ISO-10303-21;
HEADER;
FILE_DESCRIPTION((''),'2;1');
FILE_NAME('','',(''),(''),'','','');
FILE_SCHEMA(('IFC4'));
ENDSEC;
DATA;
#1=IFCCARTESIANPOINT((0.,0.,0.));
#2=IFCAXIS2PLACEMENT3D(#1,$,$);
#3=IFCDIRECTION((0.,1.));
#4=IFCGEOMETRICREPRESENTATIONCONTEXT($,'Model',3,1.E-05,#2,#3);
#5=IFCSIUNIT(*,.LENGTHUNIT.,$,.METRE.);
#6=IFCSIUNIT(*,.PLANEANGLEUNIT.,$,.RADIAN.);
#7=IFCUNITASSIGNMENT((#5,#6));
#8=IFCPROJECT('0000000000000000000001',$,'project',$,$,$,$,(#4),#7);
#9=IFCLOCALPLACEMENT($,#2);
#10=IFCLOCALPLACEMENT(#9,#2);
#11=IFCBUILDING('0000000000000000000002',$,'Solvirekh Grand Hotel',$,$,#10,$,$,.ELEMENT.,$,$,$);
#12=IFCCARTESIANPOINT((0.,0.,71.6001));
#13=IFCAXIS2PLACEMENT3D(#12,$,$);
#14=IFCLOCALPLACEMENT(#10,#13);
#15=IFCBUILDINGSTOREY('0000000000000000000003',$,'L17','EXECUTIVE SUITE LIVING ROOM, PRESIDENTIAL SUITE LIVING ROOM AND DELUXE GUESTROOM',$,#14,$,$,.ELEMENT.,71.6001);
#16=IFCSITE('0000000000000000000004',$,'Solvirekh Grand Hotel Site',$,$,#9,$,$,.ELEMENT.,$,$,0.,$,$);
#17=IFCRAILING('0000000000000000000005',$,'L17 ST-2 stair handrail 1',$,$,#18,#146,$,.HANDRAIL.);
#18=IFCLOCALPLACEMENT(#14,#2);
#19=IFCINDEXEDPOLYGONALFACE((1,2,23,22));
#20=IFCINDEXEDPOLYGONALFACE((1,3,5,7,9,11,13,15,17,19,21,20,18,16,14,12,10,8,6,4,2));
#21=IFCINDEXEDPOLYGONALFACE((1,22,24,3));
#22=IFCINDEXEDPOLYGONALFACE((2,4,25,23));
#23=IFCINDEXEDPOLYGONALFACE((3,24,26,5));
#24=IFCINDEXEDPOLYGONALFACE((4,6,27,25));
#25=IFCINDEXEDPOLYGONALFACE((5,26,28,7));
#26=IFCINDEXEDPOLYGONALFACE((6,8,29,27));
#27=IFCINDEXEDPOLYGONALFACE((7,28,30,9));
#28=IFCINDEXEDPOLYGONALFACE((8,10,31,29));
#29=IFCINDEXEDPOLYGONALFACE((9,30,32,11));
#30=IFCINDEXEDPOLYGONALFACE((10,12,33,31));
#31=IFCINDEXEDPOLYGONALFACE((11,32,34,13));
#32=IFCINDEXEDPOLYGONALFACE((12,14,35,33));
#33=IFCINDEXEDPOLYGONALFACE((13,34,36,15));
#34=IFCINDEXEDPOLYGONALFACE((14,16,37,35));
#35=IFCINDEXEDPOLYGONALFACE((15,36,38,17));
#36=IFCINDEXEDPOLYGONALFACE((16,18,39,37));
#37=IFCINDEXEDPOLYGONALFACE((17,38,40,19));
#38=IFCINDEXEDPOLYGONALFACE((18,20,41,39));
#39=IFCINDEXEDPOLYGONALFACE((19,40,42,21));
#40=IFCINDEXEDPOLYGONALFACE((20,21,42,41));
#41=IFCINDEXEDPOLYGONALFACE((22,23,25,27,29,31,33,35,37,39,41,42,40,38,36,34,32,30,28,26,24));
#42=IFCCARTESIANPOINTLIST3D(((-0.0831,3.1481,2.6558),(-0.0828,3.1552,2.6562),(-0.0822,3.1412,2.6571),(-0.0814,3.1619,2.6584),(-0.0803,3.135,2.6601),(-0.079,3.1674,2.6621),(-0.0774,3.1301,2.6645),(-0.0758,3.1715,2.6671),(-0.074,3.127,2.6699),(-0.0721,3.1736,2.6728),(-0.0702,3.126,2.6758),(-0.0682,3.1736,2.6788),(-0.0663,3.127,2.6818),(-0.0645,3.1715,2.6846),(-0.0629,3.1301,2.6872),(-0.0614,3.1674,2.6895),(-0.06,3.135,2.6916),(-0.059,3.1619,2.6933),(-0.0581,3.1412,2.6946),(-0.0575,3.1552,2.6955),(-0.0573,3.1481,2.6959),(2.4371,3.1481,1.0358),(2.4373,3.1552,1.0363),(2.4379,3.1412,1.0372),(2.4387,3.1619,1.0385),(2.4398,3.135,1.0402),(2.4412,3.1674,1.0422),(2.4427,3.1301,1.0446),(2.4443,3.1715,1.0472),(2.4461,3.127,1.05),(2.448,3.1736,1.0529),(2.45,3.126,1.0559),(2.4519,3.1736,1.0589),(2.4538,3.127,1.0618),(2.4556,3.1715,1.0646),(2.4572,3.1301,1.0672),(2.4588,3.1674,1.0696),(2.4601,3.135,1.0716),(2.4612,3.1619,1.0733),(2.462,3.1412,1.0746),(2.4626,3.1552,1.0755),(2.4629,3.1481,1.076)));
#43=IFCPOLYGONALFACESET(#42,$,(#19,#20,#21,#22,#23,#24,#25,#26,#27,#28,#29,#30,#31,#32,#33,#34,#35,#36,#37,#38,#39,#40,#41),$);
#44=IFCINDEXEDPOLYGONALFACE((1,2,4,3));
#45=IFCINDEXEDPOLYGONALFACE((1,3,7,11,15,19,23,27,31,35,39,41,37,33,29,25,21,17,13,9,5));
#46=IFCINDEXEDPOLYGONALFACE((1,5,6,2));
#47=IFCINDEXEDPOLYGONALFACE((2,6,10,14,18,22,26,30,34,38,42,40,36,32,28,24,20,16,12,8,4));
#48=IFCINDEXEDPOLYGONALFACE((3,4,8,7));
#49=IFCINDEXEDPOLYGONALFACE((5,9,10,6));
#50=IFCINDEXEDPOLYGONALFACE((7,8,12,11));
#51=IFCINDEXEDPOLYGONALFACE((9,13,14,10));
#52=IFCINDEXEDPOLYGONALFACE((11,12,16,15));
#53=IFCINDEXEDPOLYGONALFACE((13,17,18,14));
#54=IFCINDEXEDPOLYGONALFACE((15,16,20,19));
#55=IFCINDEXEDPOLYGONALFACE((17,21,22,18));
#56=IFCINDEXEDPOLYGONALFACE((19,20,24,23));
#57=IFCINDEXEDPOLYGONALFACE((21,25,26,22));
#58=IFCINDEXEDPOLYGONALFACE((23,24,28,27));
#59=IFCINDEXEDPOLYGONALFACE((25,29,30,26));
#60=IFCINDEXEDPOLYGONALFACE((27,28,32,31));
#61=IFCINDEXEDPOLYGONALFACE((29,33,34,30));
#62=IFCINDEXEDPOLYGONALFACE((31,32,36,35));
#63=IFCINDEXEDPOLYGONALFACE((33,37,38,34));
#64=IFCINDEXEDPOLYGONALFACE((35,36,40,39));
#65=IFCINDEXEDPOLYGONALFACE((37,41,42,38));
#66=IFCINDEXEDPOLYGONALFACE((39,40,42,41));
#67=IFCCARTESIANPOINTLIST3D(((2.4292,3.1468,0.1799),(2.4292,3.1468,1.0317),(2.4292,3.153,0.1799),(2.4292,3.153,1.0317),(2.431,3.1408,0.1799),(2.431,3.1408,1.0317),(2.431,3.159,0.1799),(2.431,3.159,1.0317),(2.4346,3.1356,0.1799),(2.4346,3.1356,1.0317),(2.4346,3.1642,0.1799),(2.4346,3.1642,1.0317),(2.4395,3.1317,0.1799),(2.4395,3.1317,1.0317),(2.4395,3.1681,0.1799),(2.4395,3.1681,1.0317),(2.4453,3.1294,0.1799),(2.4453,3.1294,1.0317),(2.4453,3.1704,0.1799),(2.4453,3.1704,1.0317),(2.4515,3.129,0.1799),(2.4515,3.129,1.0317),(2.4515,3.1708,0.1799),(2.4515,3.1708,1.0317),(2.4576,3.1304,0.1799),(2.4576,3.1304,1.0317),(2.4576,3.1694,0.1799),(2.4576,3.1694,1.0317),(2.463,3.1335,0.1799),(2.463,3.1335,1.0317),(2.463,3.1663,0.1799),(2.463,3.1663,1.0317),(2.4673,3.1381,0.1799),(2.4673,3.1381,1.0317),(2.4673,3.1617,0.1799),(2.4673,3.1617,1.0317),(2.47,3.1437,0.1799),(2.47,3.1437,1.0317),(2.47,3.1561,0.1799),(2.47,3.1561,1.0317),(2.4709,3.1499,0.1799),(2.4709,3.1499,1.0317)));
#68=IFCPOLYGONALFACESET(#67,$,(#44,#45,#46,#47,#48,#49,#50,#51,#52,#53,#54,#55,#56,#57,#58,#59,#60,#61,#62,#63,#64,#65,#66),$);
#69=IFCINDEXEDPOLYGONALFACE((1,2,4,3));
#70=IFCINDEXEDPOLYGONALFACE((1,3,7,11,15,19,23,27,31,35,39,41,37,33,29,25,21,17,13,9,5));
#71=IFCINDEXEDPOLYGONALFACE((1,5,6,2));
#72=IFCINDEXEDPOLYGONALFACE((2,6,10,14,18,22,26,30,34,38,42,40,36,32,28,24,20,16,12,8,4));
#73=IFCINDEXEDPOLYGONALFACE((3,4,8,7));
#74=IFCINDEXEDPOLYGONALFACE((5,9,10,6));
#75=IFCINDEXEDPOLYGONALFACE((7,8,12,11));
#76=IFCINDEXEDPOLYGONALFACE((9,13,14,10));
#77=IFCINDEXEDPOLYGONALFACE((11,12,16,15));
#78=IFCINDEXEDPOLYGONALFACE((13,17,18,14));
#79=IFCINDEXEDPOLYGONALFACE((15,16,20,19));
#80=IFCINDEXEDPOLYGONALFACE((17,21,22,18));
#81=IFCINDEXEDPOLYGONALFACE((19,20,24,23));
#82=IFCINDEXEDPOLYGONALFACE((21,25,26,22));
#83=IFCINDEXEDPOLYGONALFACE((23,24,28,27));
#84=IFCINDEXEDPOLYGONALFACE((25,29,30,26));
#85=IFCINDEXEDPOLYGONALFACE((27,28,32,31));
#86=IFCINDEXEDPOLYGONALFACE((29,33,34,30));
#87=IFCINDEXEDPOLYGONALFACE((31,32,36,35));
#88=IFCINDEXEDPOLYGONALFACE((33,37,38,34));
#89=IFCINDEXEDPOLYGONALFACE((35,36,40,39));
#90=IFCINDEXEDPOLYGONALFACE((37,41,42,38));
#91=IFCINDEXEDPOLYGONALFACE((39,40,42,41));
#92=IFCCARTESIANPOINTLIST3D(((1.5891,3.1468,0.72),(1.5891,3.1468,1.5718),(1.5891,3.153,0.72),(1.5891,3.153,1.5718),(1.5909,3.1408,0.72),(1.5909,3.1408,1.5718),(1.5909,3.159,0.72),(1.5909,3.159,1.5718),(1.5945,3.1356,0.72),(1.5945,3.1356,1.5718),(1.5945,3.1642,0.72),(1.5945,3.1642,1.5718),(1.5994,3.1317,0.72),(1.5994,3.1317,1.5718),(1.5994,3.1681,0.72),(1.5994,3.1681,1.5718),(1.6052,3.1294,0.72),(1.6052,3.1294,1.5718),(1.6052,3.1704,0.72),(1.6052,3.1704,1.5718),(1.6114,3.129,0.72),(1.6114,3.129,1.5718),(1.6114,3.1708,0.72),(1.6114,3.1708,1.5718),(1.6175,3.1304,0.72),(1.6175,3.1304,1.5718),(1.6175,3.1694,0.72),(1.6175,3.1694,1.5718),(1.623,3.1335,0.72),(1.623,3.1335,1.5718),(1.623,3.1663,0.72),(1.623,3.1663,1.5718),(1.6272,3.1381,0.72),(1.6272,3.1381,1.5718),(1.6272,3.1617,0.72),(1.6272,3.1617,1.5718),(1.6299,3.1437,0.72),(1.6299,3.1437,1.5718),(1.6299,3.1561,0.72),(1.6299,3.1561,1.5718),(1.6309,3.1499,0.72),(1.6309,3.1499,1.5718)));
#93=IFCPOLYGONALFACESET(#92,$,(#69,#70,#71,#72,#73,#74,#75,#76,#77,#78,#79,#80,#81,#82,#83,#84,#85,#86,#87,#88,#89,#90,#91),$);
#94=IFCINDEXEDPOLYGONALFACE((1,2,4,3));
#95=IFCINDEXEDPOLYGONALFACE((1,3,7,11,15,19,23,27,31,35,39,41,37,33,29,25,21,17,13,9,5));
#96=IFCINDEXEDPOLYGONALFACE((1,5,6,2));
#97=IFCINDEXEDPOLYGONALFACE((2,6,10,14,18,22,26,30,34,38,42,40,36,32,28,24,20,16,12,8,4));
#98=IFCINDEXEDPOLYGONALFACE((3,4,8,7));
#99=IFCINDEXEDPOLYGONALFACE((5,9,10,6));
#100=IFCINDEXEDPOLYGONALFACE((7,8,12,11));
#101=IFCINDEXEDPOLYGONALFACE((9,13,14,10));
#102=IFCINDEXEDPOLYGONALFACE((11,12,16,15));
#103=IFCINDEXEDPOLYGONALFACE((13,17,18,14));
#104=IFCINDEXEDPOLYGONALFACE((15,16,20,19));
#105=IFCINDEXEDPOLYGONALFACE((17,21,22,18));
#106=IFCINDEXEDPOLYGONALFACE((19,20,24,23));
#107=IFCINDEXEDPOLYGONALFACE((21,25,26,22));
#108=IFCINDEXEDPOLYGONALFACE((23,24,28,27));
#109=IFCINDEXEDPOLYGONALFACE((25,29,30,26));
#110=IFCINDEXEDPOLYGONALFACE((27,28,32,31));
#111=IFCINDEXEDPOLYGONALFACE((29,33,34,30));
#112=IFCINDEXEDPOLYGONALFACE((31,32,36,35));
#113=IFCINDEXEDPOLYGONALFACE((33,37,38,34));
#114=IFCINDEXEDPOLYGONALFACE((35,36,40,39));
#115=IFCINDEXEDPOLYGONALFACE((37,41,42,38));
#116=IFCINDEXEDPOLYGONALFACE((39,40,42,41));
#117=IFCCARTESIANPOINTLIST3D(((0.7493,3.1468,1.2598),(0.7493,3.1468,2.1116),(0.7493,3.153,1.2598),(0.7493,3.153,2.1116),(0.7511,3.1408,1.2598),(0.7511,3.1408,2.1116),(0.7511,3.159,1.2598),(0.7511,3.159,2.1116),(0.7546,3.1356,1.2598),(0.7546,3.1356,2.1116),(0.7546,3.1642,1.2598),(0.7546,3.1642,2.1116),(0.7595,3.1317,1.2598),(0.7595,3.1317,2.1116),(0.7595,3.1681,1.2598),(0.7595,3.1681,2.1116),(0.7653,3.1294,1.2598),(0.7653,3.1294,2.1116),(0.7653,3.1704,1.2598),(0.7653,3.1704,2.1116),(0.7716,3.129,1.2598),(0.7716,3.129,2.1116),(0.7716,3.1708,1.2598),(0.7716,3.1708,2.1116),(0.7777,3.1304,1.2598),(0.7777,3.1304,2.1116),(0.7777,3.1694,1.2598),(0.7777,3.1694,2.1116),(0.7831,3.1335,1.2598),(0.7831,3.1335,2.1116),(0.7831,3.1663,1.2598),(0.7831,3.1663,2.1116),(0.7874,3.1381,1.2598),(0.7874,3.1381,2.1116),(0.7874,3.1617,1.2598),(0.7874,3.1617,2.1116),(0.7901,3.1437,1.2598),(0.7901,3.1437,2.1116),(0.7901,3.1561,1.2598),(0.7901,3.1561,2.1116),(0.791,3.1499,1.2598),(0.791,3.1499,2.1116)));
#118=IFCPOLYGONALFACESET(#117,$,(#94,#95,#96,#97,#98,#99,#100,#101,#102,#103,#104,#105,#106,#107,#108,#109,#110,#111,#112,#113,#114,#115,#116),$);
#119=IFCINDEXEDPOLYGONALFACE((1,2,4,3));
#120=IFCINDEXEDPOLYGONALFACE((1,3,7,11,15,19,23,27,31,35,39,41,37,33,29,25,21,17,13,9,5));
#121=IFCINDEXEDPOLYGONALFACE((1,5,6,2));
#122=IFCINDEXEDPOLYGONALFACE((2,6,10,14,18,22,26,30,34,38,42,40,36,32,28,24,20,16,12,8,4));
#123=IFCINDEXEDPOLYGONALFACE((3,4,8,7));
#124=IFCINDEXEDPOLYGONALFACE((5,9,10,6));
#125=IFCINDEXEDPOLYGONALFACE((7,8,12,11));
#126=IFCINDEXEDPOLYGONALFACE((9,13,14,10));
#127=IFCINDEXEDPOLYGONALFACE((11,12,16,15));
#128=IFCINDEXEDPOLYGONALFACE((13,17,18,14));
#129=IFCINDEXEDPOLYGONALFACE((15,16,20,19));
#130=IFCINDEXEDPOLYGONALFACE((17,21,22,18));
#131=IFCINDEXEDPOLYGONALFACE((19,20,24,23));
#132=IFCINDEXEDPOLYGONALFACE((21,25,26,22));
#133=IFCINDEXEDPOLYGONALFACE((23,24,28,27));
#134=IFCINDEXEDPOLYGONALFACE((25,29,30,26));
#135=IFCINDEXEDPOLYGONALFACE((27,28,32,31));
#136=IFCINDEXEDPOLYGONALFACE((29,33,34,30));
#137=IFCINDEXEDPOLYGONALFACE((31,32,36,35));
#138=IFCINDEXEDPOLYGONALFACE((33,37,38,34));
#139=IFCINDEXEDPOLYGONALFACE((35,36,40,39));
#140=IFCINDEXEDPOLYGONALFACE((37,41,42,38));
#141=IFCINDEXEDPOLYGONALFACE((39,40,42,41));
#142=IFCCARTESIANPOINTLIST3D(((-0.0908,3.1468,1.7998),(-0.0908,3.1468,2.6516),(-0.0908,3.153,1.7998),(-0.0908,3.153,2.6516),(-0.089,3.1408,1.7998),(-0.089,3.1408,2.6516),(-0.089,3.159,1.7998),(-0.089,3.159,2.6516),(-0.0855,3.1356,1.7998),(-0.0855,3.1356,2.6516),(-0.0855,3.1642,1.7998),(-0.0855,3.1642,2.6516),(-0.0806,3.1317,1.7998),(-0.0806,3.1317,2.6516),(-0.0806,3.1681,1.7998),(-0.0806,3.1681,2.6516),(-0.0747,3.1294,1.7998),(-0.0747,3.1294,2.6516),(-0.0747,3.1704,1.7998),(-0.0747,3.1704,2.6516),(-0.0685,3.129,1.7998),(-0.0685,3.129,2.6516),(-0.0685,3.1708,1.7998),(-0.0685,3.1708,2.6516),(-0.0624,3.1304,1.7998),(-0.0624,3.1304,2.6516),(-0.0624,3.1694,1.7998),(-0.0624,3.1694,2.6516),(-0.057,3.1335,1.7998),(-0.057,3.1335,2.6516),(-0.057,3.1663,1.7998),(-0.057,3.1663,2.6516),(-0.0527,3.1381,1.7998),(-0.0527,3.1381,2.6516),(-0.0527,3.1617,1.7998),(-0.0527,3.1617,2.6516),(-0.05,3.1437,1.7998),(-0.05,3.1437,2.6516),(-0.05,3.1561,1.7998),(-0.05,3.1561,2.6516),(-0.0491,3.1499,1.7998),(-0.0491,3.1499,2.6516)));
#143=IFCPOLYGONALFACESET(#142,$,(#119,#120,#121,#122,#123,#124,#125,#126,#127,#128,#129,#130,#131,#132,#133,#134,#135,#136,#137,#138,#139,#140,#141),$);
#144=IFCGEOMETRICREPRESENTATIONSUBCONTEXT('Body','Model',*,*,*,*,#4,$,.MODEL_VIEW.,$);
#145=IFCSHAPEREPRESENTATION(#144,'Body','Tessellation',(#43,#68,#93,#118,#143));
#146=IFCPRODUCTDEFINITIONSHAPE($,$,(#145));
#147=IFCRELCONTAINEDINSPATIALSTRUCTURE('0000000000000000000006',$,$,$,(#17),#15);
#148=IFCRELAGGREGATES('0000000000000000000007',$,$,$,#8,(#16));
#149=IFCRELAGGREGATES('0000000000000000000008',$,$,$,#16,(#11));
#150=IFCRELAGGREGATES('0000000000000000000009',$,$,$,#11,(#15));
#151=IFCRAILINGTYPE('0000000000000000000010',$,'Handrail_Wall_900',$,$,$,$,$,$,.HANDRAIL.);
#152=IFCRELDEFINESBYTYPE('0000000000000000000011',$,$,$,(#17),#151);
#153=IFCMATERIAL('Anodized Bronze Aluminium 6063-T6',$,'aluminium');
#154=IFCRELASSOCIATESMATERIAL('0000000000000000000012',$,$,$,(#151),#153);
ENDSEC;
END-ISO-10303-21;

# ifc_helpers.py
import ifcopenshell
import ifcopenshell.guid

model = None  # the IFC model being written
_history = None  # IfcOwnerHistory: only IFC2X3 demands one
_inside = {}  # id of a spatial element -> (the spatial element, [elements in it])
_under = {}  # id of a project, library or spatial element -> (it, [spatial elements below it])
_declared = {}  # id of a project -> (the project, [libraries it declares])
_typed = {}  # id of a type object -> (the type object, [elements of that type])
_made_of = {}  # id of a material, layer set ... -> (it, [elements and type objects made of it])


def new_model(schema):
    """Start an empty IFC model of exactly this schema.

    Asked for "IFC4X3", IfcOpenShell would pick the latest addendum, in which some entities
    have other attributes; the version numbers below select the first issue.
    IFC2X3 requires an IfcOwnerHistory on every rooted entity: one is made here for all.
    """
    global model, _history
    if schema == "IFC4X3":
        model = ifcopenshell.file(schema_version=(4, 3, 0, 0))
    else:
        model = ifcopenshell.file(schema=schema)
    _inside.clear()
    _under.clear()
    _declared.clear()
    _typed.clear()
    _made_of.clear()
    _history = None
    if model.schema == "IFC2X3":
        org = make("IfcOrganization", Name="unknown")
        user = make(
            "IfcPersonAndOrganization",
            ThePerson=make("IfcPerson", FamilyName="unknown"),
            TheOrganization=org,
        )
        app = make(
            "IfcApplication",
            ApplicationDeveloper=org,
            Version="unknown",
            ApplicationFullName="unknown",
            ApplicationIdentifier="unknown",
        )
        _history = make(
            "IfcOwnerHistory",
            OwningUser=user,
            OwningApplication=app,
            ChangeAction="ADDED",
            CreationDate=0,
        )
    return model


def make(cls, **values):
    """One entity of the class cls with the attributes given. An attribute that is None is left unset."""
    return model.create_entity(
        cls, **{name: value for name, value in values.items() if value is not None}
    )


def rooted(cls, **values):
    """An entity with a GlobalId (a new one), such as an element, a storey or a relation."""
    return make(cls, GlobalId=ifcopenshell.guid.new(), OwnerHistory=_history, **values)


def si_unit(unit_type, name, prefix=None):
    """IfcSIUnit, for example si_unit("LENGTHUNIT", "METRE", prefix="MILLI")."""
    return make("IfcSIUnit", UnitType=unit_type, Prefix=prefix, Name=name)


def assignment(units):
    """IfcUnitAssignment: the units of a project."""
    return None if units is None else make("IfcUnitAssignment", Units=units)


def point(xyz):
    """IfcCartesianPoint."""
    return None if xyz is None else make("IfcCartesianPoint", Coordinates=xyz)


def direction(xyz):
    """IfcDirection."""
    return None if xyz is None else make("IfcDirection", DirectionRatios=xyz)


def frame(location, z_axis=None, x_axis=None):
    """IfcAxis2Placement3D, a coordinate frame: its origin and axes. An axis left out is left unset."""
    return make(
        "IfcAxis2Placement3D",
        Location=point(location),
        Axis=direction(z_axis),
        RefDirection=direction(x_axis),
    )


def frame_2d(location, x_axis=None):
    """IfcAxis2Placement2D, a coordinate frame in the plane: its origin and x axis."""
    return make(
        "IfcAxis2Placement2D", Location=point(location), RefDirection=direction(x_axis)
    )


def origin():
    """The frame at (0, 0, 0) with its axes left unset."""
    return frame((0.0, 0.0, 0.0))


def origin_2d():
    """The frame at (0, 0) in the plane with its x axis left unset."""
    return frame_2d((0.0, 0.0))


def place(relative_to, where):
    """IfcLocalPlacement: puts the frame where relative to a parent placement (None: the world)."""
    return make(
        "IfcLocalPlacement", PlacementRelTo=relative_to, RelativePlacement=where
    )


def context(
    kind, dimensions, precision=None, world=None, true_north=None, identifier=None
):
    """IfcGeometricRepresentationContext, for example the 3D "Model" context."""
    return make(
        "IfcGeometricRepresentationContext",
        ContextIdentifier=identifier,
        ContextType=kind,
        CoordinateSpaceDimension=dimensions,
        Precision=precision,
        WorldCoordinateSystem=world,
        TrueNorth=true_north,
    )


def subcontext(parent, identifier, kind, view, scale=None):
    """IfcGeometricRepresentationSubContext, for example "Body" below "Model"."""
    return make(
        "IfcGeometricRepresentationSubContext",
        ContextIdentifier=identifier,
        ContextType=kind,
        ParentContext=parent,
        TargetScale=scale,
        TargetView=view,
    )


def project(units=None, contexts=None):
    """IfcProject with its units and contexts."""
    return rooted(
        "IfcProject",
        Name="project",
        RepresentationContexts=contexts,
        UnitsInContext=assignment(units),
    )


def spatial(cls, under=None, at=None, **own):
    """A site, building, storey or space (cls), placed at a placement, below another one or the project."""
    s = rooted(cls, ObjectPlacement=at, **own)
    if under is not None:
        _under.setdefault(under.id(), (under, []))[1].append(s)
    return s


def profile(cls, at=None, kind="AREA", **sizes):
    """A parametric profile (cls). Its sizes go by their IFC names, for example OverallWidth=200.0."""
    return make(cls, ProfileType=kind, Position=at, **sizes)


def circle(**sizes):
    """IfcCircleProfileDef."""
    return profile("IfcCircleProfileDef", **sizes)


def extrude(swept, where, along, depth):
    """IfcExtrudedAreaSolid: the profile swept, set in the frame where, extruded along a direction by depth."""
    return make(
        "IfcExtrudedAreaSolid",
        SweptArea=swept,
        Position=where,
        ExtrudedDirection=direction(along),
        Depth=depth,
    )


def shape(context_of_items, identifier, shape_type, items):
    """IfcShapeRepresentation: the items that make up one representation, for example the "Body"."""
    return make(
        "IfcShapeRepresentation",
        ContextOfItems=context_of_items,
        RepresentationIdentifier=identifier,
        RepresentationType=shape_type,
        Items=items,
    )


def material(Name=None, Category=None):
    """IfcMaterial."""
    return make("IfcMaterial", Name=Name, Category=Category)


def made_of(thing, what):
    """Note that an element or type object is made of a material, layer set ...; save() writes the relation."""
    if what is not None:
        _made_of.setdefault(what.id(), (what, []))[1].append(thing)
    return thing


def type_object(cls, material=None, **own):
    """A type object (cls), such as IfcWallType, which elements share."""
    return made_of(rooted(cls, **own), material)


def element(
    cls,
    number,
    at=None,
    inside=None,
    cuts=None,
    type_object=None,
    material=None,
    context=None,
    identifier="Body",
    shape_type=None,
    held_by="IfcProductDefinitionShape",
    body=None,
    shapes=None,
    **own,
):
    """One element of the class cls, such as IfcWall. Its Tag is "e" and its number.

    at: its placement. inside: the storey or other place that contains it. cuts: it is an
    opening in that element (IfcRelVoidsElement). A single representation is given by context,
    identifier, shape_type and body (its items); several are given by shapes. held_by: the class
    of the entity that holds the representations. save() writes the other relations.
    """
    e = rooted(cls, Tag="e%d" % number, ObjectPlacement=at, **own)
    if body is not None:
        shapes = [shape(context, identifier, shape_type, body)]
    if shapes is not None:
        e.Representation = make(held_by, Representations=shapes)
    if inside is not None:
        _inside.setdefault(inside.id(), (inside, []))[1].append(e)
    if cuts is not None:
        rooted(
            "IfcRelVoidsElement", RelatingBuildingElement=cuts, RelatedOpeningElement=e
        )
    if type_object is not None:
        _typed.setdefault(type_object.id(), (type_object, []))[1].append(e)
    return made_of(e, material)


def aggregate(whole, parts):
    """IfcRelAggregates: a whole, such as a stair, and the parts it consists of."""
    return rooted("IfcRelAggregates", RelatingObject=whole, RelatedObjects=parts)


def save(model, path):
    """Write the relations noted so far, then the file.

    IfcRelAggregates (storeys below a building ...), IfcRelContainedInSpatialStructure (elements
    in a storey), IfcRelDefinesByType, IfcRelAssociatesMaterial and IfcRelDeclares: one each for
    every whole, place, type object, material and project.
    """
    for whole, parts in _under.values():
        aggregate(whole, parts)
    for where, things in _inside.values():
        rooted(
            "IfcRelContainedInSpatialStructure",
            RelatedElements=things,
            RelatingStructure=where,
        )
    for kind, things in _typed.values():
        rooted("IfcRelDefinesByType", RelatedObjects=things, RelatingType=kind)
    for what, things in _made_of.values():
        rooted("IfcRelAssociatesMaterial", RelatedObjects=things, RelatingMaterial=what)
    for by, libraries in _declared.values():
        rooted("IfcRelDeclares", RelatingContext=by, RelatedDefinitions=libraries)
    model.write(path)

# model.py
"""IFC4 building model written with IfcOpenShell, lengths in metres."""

from ifc_helpers import new_model, si_unit, direction, frame, origin, origin_2d, place, context, subcontext, project, spatial, circle, extrude, material, type_object, element, save


model = new_model("IFC4")

# Units and contexts
model_context = context("Model", 3, precision=1e-05, world=origin(), true_north=direction((0.0, 1.0)))
body_context = subcontext(model_context, "Body", "Model", "MODEL_VIEW")
ifc_project = project(units=[si_unit("LENGTHUNIT", "METRE"), si_unit("PLANEANGLEUNIT", "RADIAN")], contexts=[model_context])

# Site, building, storey
site_placement = place(None, origin())
site = spatial("IfcSite", under=ifc_project, at=site_placement, Name="Solvirekh Grand Hotel Site", CompositionType="ELEMENT", RefElevation=0.0)
building_placement = place(site_placement, origin())
building = spatial("IfcBuilding", under=site, at=building_placement, Name="Solvirekh Grand Hotel", CompositionType="ELEMENT")
storey_placement = place(building_placement, frame((0.0, 0.0, 71.6001)))
storey = spatial("IfcBuildingStorey", under=building, at=storey_placement, Name="L17", Description="EXECUTIVE SUITE LIVING ROOM, PRESIDENTIAL SUITE LIVING ROOM AND DELUXE GUESTROOM", CompositionType="ELEMENT", Elevation=71.6001)

# Shared definitions
ifc_material_1 = material(Name="Anodized Bronze Aluminium 6063-T6", Category="aluminium")

# Railing
railing_type_1 = type_object("IfcRailingType", Name="Handrail_Wall_900", PredefinedType="HANDRAIL", material=ifc_material_1)
railing_1_placement = place(storey_placement, frame((2.45, 3.1499, 0.1799)))
element("IfcRailing", 1, at=railing_1_placement, inside=storey, type_object=railing_type_1, Name="L17 ST-2 stair handrail 1", PredefinedType="HANDRAIL", context=body_context, shape_type="SweptSolid", body=[
    extrude(circle(Radius=0.0239, at=origin_2d()), frame((0.0, 0.0, 0.876), z_axis=(-0.8412, 0.0, 0.540725), x_axis=(0.0, -1.0, 0.0)), (0.0, 0.0, 1.0), 2.9958),
    extrude(circle(Radius=0.021, at=origin_2d()), origin(), (0.0, 0.0, 1.0), 0.8518),
    extrude(circle(Radius=0.021, at=origin_2d()), frame((-0.8401, 0.0, 0.54)), (0.0, 0.0, 1.0), 0.8518),
    extrude(circle(Radius=0.021, at=origin_2d()), frame((-1.6799, 0.0, 1.0798)), (0.0, 0.0, 1.0), 0.8518),
    extrude(circle(Radius=0.021, at=origin_2d()), frame((-2.52, 0.0, 1.6199)), (0.0, 0.0, 1.0), 0.8518),
])

save(model, "model.ifc")
